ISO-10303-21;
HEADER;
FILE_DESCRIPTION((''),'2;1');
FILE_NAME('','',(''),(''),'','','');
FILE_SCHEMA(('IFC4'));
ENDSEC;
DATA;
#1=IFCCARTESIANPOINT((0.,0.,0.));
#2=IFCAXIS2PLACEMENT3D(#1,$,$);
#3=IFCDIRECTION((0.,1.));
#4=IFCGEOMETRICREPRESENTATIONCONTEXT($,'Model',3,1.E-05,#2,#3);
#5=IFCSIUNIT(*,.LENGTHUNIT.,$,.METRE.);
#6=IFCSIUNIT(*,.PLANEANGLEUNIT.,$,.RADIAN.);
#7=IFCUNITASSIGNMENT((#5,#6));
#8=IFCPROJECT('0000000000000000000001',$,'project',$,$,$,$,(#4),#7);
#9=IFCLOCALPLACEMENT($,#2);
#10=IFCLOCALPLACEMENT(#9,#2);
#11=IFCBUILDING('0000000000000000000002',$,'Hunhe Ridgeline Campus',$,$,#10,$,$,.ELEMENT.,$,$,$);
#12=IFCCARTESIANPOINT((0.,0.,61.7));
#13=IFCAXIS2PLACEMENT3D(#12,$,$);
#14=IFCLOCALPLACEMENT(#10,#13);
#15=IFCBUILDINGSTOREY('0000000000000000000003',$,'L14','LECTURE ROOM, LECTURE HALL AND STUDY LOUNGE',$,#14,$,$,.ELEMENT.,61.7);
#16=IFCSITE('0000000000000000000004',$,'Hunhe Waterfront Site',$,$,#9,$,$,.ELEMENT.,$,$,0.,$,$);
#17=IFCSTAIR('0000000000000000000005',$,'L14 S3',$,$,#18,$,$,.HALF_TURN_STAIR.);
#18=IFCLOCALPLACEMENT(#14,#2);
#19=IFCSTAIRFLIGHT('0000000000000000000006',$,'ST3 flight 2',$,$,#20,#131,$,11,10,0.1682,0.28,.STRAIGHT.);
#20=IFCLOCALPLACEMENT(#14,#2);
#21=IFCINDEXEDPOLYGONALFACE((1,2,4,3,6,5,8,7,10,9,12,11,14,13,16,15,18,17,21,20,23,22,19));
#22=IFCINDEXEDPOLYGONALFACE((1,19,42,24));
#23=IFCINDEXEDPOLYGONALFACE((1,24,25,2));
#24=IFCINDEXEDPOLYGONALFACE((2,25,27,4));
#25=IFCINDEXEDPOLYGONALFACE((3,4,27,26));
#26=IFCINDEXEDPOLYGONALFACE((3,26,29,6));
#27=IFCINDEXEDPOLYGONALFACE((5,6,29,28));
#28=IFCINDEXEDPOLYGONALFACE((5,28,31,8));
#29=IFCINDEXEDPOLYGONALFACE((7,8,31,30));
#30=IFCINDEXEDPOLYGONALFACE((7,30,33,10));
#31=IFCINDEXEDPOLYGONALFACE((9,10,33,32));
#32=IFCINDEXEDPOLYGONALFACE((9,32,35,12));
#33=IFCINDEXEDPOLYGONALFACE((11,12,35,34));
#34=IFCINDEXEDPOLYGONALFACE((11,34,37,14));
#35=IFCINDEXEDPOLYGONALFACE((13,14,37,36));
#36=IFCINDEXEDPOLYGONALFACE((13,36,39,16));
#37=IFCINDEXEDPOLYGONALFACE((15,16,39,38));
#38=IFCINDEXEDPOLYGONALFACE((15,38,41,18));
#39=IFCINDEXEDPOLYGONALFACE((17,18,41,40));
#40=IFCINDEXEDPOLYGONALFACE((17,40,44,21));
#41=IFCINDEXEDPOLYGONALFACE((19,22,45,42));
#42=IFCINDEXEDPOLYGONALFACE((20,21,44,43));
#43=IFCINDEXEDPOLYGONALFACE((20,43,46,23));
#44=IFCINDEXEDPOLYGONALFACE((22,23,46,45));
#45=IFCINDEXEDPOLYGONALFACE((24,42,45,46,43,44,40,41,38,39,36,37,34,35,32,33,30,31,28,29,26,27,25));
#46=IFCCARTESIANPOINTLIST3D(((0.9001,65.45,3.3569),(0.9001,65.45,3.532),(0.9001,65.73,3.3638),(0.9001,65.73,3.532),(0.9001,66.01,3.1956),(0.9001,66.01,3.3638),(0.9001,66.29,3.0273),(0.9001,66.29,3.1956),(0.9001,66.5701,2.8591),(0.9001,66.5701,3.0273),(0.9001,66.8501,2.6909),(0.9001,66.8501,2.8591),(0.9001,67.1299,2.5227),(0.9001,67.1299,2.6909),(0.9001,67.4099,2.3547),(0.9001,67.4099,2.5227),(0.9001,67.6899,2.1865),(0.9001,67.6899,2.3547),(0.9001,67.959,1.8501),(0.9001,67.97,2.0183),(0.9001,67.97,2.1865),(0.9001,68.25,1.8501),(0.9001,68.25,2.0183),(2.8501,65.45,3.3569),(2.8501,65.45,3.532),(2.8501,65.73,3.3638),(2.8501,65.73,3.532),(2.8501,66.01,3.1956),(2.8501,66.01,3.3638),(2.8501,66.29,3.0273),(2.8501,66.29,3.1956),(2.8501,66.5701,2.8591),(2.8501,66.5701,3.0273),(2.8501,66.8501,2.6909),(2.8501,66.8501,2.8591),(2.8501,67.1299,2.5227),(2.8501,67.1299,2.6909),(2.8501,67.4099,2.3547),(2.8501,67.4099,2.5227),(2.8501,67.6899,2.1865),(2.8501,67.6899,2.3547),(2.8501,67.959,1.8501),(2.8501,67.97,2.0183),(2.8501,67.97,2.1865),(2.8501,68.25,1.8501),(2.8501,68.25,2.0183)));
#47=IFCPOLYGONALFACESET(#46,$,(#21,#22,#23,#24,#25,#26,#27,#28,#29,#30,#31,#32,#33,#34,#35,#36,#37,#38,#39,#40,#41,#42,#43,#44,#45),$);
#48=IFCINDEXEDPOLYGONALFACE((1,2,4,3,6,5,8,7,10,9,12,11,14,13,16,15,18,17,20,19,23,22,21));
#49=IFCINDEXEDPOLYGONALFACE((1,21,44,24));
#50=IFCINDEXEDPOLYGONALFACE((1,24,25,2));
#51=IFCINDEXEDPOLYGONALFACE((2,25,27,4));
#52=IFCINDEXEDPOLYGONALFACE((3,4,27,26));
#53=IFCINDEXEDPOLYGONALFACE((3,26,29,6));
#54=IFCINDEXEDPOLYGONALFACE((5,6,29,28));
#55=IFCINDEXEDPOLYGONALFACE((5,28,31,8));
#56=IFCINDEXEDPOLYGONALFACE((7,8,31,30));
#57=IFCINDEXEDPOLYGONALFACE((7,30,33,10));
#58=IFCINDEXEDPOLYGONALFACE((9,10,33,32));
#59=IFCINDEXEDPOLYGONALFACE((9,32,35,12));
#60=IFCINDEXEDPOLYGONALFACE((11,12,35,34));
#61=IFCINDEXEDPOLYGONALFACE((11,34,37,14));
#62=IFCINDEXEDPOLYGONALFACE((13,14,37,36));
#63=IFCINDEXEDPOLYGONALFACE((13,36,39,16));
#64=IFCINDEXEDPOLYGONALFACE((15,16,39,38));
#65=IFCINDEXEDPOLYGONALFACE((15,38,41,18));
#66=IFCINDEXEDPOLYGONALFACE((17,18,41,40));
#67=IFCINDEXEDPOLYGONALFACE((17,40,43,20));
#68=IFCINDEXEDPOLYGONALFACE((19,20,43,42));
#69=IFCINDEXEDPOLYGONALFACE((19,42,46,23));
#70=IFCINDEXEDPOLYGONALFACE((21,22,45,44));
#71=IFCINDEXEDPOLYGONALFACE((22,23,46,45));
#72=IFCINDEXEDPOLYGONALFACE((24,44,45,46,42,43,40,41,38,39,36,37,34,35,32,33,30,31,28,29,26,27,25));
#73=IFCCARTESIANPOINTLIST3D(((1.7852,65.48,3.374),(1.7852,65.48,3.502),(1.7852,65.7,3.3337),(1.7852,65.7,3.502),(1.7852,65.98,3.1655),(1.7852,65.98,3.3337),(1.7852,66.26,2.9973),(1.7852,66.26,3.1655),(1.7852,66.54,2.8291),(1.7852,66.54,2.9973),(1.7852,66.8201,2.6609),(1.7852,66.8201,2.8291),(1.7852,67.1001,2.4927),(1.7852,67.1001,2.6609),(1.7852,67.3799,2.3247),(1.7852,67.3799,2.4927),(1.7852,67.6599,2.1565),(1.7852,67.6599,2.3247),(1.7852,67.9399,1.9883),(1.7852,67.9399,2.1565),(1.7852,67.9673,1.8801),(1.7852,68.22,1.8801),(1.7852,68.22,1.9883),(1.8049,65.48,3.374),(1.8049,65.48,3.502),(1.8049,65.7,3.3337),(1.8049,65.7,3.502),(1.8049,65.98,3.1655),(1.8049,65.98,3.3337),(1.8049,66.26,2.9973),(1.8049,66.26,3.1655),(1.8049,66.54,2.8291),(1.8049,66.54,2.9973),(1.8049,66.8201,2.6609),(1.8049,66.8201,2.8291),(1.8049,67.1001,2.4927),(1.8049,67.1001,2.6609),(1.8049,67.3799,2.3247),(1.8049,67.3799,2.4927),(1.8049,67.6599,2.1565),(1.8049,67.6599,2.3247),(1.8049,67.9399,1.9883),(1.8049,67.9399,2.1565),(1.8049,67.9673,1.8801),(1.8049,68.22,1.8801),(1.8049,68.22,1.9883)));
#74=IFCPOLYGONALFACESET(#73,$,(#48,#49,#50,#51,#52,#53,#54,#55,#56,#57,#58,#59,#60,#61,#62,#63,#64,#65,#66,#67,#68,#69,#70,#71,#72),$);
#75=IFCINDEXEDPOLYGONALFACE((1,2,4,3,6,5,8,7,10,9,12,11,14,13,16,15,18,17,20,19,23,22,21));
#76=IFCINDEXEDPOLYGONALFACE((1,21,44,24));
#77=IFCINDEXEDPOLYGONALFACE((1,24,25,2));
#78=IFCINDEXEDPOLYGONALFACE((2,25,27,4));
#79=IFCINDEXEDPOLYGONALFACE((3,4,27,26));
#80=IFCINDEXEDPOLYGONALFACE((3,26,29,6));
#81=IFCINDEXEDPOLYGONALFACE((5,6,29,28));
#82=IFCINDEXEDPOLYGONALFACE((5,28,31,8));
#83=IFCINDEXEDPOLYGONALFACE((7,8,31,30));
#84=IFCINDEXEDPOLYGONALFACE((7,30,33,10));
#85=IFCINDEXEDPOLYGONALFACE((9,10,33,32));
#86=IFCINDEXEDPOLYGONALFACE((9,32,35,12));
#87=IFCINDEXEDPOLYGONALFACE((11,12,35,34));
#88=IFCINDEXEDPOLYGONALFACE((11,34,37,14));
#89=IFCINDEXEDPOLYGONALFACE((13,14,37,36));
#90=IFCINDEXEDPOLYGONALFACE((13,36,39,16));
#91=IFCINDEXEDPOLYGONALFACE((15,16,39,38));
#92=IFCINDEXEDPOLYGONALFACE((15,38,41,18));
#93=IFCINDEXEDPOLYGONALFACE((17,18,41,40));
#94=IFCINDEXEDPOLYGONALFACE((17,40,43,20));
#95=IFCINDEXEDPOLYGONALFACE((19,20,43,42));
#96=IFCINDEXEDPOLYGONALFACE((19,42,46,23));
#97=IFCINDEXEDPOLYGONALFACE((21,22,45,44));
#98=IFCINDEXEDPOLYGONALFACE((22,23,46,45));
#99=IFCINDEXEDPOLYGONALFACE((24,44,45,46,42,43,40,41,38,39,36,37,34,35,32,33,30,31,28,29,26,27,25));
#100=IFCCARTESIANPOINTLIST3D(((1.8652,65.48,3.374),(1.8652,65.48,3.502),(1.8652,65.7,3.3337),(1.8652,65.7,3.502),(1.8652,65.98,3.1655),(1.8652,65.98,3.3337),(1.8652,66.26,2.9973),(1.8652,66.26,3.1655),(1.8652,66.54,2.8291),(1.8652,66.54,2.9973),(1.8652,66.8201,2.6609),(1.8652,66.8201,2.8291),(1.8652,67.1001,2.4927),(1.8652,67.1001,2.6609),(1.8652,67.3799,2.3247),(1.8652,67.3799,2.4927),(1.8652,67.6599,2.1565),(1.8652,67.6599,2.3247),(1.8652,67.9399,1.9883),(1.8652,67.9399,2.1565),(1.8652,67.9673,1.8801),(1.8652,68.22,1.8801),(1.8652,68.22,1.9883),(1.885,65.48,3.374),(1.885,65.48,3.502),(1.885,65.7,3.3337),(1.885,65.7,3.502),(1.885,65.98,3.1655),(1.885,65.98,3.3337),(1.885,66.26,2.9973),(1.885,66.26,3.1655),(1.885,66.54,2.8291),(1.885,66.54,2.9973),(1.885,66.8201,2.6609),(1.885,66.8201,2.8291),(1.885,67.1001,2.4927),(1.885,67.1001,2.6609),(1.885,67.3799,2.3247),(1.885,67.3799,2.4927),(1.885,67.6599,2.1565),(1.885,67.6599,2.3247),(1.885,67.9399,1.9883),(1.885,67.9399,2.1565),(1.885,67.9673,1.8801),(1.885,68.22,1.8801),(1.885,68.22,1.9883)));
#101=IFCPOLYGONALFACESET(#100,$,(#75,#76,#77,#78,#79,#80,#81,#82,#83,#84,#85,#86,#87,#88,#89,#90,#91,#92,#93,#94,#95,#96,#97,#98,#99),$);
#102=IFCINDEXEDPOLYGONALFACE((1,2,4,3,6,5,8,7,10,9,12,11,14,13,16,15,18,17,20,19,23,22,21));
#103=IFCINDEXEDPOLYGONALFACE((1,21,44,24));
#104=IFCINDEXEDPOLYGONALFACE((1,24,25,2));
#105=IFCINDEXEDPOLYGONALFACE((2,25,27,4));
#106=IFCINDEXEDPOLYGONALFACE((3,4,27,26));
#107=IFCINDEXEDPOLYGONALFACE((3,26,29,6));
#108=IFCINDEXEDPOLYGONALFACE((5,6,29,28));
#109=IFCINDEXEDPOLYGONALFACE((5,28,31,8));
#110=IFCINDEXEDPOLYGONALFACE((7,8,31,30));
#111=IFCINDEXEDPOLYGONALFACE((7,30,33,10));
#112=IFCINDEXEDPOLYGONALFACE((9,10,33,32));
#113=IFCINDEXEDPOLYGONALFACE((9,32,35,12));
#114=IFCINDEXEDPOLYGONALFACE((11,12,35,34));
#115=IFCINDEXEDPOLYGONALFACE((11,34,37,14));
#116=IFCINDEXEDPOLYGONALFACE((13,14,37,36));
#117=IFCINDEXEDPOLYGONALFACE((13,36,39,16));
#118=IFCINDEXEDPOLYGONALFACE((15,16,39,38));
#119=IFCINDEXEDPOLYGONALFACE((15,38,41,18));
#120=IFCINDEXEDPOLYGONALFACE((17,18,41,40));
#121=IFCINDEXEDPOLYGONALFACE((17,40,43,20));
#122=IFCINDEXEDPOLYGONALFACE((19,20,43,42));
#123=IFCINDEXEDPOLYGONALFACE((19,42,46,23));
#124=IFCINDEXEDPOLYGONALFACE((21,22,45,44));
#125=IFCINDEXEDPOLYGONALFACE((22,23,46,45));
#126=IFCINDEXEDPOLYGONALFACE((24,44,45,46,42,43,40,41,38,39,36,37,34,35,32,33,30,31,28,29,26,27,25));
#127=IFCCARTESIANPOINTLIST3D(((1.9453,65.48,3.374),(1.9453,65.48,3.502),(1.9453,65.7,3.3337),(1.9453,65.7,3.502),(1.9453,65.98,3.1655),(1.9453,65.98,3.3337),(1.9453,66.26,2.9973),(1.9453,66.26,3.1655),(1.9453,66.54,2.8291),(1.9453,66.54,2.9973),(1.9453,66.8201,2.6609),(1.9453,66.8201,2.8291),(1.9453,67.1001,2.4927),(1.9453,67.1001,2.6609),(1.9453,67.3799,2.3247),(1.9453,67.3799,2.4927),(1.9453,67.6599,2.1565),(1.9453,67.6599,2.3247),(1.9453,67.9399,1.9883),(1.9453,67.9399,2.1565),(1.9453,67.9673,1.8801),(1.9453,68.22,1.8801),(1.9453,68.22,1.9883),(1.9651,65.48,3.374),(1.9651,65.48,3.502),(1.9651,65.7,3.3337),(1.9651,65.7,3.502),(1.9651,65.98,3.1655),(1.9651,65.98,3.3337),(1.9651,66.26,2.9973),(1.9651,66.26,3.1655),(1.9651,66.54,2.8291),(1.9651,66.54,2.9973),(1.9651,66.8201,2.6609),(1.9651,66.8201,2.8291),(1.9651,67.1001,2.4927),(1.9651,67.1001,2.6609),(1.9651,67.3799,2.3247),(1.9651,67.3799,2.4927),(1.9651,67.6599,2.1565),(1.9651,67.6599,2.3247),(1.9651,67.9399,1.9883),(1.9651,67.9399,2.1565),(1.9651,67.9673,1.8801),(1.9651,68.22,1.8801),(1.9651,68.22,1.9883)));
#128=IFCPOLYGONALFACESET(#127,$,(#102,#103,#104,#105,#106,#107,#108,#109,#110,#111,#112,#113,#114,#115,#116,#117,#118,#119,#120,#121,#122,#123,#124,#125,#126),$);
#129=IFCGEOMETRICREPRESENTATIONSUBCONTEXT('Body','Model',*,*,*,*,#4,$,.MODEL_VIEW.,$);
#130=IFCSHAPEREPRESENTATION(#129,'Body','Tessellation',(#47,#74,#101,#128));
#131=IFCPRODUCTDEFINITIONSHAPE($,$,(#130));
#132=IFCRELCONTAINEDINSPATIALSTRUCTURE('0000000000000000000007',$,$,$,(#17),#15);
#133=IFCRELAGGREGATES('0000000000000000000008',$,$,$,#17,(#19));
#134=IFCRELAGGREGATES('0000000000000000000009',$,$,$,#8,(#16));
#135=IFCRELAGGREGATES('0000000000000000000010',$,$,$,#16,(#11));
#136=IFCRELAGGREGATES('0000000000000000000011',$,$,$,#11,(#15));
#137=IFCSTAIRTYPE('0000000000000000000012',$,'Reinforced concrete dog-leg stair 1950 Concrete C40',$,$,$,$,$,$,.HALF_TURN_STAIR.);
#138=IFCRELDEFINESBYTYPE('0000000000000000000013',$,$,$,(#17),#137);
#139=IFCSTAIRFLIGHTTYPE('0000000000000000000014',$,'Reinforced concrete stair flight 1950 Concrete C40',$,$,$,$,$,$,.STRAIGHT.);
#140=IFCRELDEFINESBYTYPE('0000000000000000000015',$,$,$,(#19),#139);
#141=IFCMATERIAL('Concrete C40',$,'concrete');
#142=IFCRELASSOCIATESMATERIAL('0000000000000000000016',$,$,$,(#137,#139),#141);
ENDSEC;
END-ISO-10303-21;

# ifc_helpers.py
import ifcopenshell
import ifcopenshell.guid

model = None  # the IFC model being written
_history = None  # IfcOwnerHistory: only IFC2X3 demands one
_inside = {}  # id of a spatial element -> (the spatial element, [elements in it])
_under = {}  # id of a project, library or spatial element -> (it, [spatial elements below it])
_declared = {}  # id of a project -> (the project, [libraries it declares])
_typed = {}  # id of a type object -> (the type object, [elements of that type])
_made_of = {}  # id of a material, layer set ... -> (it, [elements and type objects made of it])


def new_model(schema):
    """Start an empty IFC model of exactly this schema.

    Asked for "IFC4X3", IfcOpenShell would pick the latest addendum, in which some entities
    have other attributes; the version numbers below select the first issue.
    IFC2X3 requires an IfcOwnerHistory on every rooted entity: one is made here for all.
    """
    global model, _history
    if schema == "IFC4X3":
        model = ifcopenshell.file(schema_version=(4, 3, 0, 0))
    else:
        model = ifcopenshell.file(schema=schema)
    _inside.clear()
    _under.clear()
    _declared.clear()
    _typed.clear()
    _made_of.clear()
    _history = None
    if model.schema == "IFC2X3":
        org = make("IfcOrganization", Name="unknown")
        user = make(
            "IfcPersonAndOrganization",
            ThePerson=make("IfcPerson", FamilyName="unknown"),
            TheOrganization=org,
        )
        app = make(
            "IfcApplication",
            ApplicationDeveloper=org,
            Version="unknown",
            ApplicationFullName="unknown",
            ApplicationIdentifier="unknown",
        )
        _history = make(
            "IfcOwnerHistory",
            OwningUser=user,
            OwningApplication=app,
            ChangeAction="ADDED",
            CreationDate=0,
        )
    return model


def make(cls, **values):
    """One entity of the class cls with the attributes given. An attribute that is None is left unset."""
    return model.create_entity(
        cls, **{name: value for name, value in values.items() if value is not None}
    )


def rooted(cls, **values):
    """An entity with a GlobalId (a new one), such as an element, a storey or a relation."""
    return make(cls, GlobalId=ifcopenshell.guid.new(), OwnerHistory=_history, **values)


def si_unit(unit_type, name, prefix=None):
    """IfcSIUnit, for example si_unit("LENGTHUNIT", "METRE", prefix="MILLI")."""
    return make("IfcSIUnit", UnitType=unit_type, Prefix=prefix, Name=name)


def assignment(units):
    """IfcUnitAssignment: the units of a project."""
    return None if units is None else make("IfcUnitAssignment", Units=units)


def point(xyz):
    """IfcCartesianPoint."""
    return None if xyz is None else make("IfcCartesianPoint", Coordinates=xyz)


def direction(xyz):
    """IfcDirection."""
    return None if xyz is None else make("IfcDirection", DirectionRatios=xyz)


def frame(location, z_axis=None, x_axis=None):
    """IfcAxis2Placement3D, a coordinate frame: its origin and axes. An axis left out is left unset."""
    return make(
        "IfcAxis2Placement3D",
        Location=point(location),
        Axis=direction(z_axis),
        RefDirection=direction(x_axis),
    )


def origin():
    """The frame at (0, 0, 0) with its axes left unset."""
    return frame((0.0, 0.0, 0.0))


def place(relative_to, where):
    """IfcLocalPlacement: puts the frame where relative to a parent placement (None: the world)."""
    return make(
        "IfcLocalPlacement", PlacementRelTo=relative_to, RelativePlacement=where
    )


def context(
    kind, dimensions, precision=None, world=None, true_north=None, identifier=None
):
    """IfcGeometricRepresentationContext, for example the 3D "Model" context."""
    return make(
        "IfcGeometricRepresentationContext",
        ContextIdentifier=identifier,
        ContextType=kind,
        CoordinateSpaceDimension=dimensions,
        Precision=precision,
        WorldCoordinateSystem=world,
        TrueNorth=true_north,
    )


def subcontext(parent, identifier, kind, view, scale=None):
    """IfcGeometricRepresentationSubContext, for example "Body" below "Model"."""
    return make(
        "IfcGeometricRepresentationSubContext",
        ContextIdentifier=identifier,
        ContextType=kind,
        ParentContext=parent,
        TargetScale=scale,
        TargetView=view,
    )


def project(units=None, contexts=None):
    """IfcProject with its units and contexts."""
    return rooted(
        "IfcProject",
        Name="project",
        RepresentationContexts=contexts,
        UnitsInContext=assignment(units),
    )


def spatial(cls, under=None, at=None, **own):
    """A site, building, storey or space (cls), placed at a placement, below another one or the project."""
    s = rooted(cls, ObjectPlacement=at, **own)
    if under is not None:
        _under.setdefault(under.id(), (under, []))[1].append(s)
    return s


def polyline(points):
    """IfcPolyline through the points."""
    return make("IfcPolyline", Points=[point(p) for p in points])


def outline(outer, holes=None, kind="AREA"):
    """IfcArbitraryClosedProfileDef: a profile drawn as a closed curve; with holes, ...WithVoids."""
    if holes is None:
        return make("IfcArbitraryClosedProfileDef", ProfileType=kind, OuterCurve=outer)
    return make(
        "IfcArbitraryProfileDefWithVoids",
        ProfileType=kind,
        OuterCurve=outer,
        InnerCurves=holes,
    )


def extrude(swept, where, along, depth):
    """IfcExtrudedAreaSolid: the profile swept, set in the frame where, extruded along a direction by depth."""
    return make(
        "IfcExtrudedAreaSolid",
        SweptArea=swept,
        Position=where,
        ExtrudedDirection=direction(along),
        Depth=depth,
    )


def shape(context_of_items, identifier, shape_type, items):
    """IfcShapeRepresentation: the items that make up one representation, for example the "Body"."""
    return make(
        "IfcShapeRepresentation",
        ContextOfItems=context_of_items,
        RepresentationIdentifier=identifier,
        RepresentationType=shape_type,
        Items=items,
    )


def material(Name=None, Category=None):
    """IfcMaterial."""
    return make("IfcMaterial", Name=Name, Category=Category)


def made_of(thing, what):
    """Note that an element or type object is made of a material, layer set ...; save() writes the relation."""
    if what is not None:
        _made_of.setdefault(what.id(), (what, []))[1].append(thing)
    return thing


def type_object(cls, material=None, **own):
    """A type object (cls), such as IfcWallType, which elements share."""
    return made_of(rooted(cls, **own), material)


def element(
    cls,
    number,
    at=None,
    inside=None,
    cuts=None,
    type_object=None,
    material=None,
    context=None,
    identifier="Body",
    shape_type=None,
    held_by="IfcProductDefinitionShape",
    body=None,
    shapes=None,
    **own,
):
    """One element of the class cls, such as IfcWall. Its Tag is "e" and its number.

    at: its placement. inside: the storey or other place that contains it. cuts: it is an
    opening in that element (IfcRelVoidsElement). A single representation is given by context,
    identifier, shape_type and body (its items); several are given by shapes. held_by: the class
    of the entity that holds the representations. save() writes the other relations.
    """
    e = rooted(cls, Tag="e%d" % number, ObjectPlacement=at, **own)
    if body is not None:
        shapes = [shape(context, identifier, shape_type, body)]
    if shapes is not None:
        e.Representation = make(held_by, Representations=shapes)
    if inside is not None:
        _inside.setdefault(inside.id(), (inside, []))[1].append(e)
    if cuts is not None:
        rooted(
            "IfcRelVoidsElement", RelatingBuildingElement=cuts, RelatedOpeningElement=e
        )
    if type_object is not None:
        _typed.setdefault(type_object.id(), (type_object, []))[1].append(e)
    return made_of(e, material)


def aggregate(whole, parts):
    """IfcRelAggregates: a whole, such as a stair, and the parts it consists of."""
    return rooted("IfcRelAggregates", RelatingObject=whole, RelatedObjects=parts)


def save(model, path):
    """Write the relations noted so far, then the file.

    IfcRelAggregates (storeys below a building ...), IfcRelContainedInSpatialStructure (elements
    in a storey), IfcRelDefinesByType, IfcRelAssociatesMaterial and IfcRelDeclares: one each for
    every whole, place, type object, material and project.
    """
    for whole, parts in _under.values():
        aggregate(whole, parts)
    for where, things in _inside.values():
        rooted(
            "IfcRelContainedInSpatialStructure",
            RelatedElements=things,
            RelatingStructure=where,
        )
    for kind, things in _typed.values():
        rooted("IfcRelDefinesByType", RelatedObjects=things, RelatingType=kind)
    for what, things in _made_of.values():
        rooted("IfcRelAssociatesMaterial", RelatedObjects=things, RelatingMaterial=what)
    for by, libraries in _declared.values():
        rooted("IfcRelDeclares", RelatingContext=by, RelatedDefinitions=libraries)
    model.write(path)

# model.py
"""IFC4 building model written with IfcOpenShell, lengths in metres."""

from ifc_helpers import new_model, si_unit, direction, frame, origin, place, context, subcontext, project, spatial, polyline, outline, extrude, material, type_object, element, aggregate, save


model = new_model("IFC4")

# Units and contexts
model_context = context("Model", 3, precision=1e-05, world=origin(), true_north=direction((0.0, 1.0)))
body_context = subcontext(model_context, "Body", "Model", "MODEL_VIEW")
ifc_project = project(units=[si_unit("LENGTHUNIT", "METRE"), si_unit("PLANEANGLEUNIT", "RADIAN")], contexts=[model_context])

# Site, building, storey
site_placement = place(None, origin())
site = spatial("IfcSite", under=ifc_project, at=site_placement, Name="Hunhe Waterfront Site", CompositionType="ELEMENT", RefElevation=0.0)
building_placement = place(site_placement, origin())
building = spatial("IfcBuilding", under=site, at=building_placement, Name="Hunhe Ridgeline Campus", CompositionType="ELEMENT")
storey_placement = place(building_placement, frame((0.0, 0.0, 61.7)))
storey = spatial("IfcBuildingStorey", under=building, at=storey_placement, Name="L14", Description="LECTURE ROOM, LECTURE HALL AND STUDY LOUNGE", CompositionType="ELEMENT", Elevation=61.7)

# Stair, stair flight
ifc_material_1 = material(Name="Concrete C40", Category="concrete")
stair_type = type_object("IfcStairType", Name="Reinforced concrete dog-leg stair 1950 Concrete C40", PredefinedType="HALF_TURN_STAIR", material=ifc_material_1)
stair_1_placement = place(storey_placement, origin())
stair_1 = element("IfcStair", 1, at=stair_1_placement, inside=storey, type_object=stair_type, Name="L14 S3", PredefinedType="HALF_TURN_STAIR")
stair_flight_type = type_object("IfcStairFlightType", Name="Reinforced concrete stair flight 1950 Concrete C40", PredefinedType="STRAIGHT", material=ifc_material_1)
stair_flight_1_placement = place(storey_placement, frame((1.875, 68.25, 1.8501), z_axis=(0.0, 0.0, 1.0), x_axis=(0.0, -1.0, 0.0)))
stair_flight_1 = element("IfcStairFlight", 2, at=stair_flight_1_placement, type_object=stair_flight_type, Name="ST3 flight 2", NumberOfRisers=11, NumberOfTreads=10, PredefinedType="STRAIGHT", RiserHeight=0.1682, TreadLength=0.28, context=body_context, shape_type="SweptSolid", body=[
    extrude(outline(polyline([(0.0, 0.0), (0.0, 0.1682), (0.28, 0.1682), (0.28, 0.3364), (0.5601, 0.3364), (0.5601, 0.5046), (0.8401, 0.5046), (0.8401, 0.6726), (1.1201, 0.6726), (1.1201, 0.8408), (1.3999, 0.8408), (1.3999, 1.009), (1.6799, 1.009), (1.6799, 1.1772), (1.96, 1.1772), (1.96, 1.3455), (2.24, 1.3455), (2.24, 1.5137), (2.52, 1.5137), (2.52, 1.6819), (2.8, 1.6819), (2.8, 1.8501), (2.8, 1.5068), (0.291, 0.0), (0.0, 0.0)])), frame((0.0, 0.9751, 0.0), z_axis=(0.0, -1.0, 0.0), x_axis=(1.0, 0.0, 0.0)), (0.0, 0.0, 1.0), 1.95),
    extrude(outline(polyline([(0.03, 0.03), (0.03, 0.1382), (0.3101, 0.1382), (0.3101, 0.3064), (0.5901, 0.3064), (0.5901, 0.4746), (0.8701, 0.4746), (0.8701, 0.6426), (1.1499, 0.6426), (1.1499, 0.8108), (1.4299, 0.8108), (1.4299, 0.979), (1.71, 0.979), (1.71, 1.1472), (1.99, 1.1472), (1.99, 1.3154), (2.27, 1.3154), (2.27, 1.4836), (2.55, 1.4836), (2.55, 1.6519), (2.77, 1.6519), (2.77, 1.5239), (0.2827, 0.03), (0.03, 0.03)])), frame((0.0, -0.0701, 0.0), z_axis=(0.0, -1.0, 0.0), x_axis=(1.0, 0.0, 0.0)), (0.0, 0.0, 1.0), 0.0198),
    extrude(outline(polyline([(0.03, 0.03), (0.03, 0.1382), (0.3101, 0.1382), (0.3101, 0.3064), (0.5901, 0.3064), (0.5901, 0.4746), (0.8701, 0.4746), (0.8701, 0.6426), (1.1499, 0.6426), (1.1499, 0.8108), (1.4299, 0.8108), (1.4299, 0.979), (1.71, 0.979), (1.71, 1.1472), (1.99, 1.1472), (1.99, 1.3154), (2.27, 1.3154), (2.27, 1.4836), (2.55, 1.4836), (2.55, 1.6519), (2.77, 1.6519), (2.77, 1.5239), (0.2827, 0.03), (0.03, 0.03)])), frame((0.0, 0.01, 0.0), z_axis=(0.0, -1.0, 0.0), x_axis=(1.0, 0.0, 0.0)), (0.0, 0.0, 1.0), 0.0198),
    extrude(outline(polyline([(0.03, 0.03), (0.03, 0.1382), (0.3101, 0.1382), (0.3101, 0.3064), (0.5901, 0.3064), (0.5901, 0.4746), (0.8701, 0.4746), (0.8701, 0.6426), (1.1499, 0.6426), (1.1499, 0.8108), (1.4299, 0.8108), (1.4299, 0.979), (1.71, 0.979), (1.71, 1.1472), (1.99, 1.1472), (1.99, 1.3154), (2.27, 1.3154), (2.27, 1.4836), (2.55, 1.4836), (2.55, 1.6519), (2.77, 1.6519), (2.77, 1.5239), (0.2827, 0.03), (0.03, 0.03)])), frame((0.0, 0.0901, 0.0), z_axis=(0.0, -1.0, 0.0), x_axis=(1.0, 0.0, 0.0)), (0.0, 0.0, 1.0), 0.0198),
])
aggregate(stair_1, [stair_flight_1])

save(model, "model.ifc")
